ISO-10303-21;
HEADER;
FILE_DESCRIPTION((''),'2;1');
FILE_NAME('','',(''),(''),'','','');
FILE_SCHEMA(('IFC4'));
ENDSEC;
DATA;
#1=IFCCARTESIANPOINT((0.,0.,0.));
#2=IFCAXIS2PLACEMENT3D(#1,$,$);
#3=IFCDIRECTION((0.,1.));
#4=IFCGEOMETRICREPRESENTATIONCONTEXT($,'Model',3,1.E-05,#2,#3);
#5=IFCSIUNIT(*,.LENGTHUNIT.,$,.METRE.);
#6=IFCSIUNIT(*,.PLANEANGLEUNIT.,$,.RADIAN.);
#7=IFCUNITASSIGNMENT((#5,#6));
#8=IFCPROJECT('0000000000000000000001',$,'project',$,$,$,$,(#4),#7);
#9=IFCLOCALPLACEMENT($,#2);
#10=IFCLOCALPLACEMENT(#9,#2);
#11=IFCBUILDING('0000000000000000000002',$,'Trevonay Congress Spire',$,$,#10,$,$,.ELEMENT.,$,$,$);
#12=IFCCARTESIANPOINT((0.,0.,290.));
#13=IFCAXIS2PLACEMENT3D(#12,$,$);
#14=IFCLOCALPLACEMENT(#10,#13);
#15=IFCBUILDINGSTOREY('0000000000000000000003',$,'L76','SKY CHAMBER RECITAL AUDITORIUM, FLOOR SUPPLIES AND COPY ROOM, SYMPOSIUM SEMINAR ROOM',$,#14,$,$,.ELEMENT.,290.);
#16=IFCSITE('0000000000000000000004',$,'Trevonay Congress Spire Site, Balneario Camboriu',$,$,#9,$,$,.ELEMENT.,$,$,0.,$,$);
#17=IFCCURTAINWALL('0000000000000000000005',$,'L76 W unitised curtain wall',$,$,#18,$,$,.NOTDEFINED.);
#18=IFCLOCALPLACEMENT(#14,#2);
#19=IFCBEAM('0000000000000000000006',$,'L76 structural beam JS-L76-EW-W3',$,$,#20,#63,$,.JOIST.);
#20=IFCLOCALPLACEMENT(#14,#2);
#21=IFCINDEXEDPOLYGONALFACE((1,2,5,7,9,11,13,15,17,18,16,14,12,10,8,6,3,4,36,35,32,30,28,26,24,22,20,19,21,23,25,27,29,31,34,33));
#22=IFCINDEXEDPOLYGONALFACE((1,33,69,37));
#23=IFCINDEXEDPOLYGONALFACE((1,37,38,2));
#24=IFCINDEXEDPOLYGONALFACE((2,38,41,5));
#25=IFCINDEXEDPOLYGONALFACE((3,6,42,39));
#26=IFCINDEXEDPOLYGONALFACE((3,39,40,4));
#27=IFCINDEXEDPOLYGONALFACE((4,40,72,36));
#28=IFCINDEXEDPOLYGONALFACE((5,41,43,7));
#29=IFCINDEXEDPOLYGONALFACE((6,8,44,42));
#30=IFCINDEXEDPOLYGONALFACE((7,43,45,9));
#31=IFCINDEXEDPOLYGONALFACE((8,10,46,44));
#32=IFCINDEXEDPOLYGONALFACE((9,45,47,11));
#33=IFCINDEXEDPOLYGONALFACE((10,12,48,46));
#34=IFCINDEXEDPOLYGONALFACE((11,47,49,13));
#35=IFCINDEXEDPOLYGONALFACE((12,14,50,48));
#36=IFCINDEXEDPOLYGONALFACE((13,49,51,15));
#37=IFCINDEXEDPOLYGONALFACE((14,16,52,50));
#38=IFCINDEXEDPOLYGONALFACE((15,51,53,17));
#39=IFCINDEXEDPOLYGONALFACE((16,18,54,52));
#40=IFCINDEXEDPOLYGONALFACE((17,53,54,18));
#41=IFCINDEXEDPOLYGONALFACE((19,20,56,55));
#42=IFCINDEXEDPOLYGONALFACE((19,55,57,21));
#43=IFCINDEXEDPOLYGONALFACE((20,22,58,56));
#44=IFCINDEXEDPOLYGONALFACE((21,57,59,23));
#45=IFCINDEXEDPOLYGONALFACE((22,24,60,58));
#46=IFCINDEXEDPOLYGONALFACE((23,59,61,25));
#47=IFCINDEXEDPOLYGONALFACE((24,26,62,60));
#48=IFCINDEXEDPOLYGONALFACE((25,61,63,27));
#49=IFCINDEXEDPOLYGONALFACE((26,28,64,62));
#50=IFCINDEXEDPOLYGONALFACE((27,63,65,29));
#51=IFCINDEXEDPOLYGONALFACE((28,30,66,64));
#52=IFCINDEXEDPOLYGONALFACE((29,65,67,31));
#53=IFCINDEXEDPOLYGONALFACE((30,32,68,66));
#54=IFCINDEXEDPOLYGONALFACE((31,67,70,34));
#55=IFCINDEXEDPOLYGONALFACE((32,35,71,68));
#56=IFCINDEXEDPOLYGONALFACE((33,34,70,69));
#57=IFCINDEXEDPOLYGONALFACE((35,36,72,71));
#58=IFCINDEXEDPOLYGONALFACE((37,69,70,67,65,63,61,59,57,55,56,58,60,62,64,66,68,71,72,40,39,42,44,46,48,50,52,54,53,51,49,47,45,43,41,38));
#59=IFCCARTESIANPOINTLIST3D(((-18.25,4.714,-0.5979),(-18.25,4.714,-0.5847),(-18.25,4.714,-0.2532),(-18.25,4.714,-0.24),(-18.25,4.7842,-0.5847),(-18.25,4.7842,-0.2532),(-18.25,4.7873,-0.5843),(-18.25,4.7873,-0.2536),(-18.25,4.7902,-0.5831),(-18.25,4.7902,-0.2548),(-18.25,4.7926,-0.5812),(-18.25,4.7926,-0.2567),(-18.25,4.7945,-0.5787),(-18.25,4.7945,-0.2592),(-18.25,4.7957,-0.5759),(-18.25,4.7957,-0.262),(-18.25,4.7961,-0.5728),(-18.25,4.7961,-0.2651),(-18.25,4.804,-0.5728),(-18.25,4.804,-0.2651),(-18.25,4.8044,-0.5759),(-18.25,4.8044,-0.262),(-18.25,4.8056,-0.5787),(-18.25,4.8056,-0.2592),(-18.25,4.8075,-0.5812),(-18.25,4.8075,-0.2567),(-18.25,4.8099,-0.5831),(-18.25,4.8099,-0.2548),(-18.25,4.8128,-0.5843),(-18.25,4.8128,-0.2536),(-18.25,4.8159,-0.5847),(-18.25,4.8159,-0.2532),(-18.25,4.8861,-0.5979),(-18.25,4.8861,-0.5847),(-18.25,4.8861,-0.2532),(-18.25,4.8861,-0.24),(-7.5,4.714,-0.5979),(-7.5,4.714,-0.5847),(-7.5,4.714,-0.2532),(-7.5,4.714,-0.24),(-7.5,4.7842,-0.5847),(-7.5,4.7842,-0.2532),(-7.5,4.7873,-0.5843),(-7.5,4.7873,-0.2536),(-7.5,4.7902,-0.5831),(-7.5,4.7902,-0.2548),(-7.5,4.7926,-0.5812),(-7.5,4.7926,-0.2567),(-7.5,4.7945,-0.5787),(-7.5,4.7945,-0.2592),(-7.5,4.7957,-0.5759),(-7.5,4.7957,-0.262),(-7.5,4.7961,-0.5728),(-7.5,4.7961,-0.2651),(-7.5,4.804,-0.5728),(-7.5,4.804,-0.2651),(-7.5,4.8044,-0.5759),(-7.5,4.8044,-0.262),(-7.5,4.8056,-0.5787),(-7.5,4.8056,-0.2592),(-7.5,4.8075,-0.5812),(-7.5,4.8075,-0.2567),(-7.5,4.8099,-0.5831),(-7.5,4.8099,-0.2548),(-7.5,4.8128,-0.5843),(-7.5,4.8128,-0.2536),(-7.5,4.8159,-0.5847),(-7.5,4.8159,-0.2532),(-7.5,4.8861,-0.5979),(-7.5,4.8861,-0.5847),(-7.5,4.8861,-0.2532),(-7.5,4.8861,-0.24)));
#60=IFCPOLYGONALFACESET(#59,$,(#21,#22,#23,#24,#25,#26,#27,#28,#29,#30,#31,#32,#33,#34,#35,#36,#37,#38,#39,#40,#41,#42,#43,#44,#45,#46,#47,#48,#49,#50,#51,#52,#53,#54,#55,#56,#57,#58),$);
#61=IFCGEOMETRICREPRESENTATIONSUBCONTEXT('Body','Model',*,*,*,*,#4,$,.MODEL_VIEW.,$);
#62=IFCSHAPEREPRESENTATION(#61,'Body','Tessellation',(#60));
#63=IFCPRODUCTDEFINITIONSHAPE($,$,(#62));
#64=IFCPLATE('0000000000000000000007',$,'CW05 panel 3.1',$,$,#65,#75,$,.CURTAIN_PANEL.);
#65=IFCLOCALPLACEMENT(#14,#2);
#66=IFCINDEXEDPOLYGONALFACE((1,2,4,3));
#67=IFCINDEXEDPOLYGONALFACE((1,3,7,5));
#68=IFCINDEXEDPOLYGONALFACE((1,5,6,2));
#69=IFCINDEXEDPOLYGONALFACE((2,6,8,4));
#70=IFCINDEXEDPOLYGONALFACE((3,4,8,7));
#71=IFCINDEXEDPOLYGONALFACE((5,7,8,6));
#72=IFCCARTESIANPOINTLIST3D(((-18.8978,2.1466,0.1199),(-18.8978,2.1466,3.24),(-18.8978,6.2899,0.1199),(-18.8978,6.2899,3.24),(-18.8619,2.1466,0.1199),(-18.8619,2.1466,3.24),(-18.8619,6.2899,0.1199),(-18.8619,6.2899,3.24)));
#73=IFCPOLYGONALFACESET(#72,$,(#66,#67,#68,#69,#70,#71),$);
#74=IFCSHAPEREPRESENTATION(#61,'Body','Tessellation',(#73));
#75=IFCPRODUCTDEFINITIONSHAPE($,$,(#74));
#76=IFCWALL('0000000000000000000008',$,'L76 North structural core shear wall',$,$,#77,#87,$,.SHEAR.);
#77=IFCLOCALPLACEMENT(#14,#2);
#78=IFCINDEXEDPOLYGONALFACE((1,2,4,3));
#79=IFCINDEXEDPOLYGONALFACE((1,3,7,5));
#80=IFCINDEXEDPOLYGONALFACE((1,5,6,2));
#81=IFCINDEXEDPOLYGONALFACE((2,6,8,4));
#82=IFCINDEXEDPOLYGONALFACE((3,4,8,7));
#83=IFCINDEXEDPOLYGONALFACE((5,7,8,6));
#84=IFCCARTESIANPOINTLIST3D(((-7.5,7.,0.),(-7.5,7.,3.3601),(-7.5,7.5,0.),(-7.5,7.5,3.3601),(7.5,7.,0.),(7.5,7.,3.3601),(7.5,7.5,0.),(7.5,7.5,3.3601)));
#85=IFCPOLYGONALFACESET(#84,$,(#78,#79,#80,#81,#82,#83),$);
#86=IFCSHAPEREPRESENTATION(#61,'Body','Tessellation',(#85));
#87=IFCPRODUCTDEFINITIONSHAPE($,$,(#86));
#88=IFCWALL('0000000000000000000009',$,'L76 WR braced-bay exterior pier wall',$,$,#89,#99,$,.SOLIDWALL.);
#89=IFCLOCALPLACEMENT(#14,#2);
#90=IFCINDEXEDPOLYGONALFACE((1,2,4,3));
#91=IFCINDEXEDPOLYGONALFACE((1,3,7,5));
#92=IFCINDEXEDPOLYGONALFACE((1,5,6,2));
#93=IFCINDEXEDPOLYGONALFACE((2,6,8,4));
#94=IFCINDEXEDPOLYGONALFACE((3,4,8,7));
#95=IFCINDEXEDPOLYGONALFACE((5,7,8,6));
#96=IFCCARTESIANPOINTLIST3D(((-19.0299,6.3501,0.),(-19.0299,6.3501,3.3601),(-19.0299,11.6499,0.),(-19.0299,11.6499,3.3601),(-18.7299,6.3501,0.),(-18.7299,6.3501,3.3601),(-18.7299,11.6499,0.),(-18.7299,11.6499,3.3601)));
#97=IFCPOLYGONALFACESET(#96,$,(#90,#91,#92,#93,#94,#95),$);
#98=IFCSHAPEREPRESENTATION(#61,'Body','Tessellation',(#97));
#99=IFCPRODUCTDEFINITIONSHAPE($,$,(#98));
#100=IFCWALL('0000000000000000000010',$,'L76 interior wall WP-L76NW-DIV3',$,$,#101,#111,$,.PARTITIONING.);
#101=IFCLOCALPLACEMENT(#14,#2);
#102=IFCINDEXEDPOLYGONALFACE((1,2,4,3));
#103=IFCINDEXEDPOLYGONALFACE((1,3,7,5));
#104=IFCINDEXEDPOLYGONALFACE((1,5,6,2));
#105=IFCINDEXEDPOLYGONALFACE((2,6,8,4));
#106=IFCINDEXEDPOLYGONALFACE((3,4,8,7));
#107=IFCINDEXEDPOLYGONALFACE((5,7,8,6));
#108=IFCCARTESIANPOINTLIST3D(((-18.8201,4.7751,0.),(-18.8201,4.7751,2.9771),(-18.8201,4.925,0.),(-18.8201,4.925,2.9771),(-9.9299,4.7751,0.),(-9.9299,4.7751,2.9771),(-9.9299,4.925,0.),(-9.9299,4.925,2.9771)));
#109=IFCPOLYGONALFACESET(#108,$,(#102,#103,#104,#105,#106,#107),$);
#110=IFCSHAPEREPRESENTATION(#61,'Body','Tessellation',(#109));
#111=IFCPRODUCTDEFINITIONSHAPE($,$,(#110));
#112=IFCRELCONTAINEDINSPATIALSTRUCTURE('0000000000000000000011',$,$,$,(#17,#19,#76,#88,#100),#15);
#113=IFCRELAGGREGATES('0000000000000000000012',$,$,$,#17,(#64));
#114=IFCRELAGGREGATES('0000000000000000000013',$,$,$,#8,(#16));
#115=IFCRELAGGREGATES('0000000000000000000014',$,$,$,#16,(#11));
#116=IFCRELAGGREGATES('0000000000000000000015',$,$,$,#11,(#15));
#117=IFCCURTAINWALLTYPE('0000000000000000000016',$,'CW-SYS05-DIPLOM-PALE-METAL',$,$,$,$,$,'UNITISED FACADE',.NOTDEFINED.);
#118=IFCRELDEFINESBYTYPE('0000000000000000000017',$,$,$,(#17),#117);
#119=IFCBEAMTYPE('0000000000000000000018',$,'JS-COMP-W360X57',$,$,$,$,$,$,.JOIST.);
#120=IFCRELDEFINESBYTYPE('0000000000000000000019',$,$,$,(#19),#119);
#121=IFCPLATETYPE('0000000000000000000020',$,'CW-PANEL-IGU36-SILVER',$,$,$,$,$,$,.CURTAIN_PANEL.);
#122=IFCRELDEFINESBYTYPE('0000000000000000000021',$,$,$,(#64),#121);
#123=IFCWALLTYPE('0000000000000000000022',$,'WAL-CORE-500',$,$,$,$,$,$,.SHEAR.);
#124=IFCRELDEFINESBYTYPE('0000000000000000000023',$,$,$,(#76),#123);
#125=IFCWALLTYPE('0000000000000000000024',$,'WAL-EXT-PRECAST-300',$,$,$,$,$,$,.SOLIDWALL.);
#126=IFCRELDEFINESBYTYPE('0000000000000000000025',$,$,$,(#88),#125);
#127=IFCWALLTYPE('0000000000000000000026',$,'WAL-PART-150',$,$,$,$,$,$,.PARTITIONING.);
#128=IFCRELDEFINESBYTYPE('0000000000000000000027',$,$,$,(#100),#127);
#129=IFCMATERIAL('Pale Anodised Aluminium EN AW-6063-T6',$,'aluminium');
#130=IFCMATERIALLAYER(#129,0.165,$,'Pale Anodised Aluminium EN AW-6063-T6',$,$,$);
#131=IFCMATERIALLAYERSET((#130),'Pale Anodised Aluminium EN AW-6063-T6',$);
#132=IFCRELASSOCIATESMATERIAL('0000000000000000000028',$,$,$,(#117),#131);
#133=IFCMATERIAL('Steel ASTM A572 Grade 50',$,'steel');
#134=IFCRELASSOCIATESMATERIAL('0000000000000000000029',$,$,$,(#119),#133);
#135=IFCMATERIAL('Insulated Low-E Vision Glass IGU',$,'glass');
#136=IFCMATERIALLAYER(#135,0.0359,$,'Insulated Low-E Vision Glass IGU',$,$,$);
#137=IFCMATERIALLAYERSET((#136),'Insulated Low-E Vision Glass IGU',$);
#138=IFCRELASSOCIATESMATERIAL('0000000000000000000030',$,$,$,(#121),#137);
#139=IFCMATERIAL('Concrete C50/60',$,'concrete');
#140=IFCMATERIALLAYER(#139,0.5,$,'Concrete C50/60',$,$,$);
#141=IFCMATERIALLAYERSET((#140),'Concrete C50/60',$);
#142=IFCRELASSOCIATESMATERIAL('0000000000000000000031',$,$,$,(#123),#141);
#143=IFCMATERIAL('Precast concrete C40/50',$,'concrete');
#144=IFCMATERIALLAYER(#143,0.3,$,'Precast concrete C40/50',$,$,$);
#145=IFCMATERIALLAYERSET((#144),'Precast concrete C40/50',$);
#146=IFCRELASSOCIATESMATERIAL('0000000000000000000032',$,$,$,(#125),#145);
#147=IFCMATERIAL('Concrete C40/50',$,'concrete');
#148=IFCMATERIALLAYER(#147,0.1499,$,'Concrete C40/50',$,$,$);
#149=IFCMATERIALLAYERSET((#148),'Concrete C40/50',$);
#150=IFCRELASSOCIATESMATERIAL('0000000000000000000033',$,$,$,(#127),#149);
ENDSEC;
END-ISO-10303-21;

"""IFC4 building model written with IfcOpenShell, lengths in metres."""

from ifc_helpers import new_model, si_unit, direction, frame, frame_2d, origin, origin_2d, place, context, subcontext, project, spatial, rectangle, i_section, extrude, material, layer, layer_set, material_profile, profile_set, type_object, element, aggregate, save


model = new_model("IFC4")

# Units and contexts
model_context = context("Model", 3, precision=1e-05, world=origin(), true_north=direction((0.0, 1.0)))
body_context = subcontext(model_context, "Body", "Model", "MODEL_VIEW")
ifc_project = project(units=[si_unit("LENGTHUNIT", "METRE"), si_unit("PLANEANGLEUNIT", "RADIAN")], contexts=[model_context])

# Site, building, storey
site_placement = place(None, origin())
site = spatial("IfcSite", under=ifc_project, at=site_placement, Name="Trevonay Congress Spire Site, Balneario Camboriu", CompositionType="ELEMENT", RefElevation=0.0)
building_placement = place(site_placement, origin())
building = spatial("IfcBuilding", under=site, at=building_placement, Name="Trevonay Congress Spire", CompositionType="ELEMENT")
storey_placement = place(building_placement, frame((0.0, 0.0, 290.0)))
storey = spatial("IfcBuildingStorey", under=building, at=storey_placement, Name="L76", Description="SKY CHAMBER RECITAL AUDITORIUM, FLOOR SUPPLIES AND COPY ROOM, SYMPOSIUM SEMINAR ROOM", CompositionType="ELEMENT", Elevation=290.0)

# Shared definitions
ifc_material_1 = material(Name="Steel ASTM A572 Grade 50", Category="steel")

# Curtain wall
ifc_material_2 = material(Name="Pale Anodised Aluminium EN AW-6063-T6", Category="aluminium")
ifc_layer_1 = layer(ifc_material_2, 0.165, Name="Pale Anodised Aluminium EN AW-6063-T6")
ifc_layer_set_1 = layer_set([ifc_layer_1], Name="Pale Anodised Aluminium EN AW-6063-T6")
curtain_wall_type = type_object("IfcCurtainWallType", Name="CW-SYS05-DIPLOM-PALE-METAL", ElementType="UNITISED FACADE", PredefinedType="NOTDEFINED", material=ifc_layer_set_1)
curtain_wall_placement = place(storey_placement, origin())
curtain_wall = element("IfcCurtainWall", 1, at=curtain_wall_placement, inside=storey, type_object=curtain_wall_type, Name="L76 W unitised curtain wall", PredefinedType="NOTDEFINED")

# Beam
ifc_material_profile_1 = material_profile(ifc_material_1, i_section(OverallWidth=0.1721, OverallDepth=0.3579, WebThickness=0.0078, FlangeThickness=0.0132, FilletRadius=0.012, at=origin_2d()), Name="W360x57.8")
ifc_profile_set_1 = profile_set([ifc_material_profile_1], Name="Steel ASTM A572 Grade 50")
beam_type_1 = type_object("IfcBeamType", Name="JS-COMP-W360X57", PredefinedType="JOIST", material=ifc_profile_set_1)
beam_1_placement = place(storey_placement, frame((-18.25, 4.8, -0.4189), z_axis=(1.0, 0.0, 0.0), x_axis=(0.0, 1.0, 0.0)))
element("IfcBeam", 2, at=beam_1_placement, inside=storey, type_object=beam_type_1, Name="L76 structural beam JS-L76-EW-W3", PredefinedType="JOIST", context=body_context, shape_type="SweptSolid", body=[
    extrude(i_section(OverallWidth=0.1721, OverallDepth=0.3579, WebThickness=0.0078, FlangeThickness=0.0132, FilletRadius=0.012, at=origin_2d()), origin(), (0.0, 0.0, 1.0), 10.75),
])

# Plate
ifc_material_3 = material(Name="Insulated Low-E Vision Glass IGU", Category="glass")
ifc_layer_2 = layer(ifc_material_3, 0.0359, Name="Insulated Low-E Vision Glass IGU")
ifc_layer_set_2 = layer_set([ifc_layer_2], Name="Insulated Low-E Vision Glass IGU")
plate_type = type_object("IfcPlateType", Name="CW-PANEL-IGU36-SILVER", PredefinedType="CURTAIN_PANEL", material=ifc_layer_set_2)
plate_placement = place(storey_placement, frame((-18.8799, 4.2183, 0.1199), z_axis=(0.0, 0.0, 1.0), x_axis=(0.0, 1.0, 0.0)))
plate = element("IfcPlate", 3, at=plate_placement, type_object=plate_type, Name="CW05 panel 3.1", PredefinedType="CURTAIN_PANEL", context=body_context, shape_type="SweptSolid", body=[
    extrude(rectangle(XDim=4.1433, YDim=0.0359, at=origin_2d()), origin(), (0.0, 0.0, 1.0), 3.1201),
])
aggregate(curtain_wall, [plate])

# Walls
ifc_material_4 = material(Name="Concrete C50/60", Category="concrete")
ifc_layer_3 = layer(ifc_material_4, 0.5, Name="Concrete C50/60")
ifc_layer_set_3 = layer_set([ifc_layer_3], Name="Concrete C50/60")
wall_type_1 = type_object("IfcWallType", Name="WAL-CORE-500", PredefinedType="SHEAR", material=ifc_layer_set_3)
wall_1_placement = place(storey_placement, frame((-7.5, 7.25, 0.0), z_axis=(0.0, 0.0, 1.0), x_axis=(1.0, 0.0, 0.0)))
element("IfcWall", 4, at=wall_1_placement, inside=storey, type_object=wall_type_1, Name="L76 North structural core shear wall", PredefinedType="SHEAR", context=body_context, shape_type="SweptSolid", body=[
    extrude(rectangle(XDim=15.0, YDim=0.5, at=frame_2d((7.5, 0.0))), origin(), (0.0, 0.0, 1.0), 3.3601),
])
ifc_material_5 = material(Name="Precast concrete C40/50", Category="concrete")
ifc_layer_4 = layer(ifc_material_5, 0.3, Name="Precast concrete C40/50")
ifc_layer_set_4 = layer_set([ifc_layer_4], Name="Precast concrete C40/50")
wall_type_2 = type_object("IfcWallType", Name="WAL-EXT-PRECAST-300", PredefinedType="SOLIDWALL", material=ifc_layer_set_4)
wall_2_placement = place(storey_placement, frame((-18.8799, 6.3501, 0.0), z_axis=(0.0, 0.0, 1.0), x_axis=(0.0, 1.0, 0.0)))
element("IfcWall", 5, at=wall_2_placement, inside=storey, type_object=wall_type_2, Name="L76 WR braced-bay exterior pier wall", PredefinedType="SOLIDWALL", context=body_context, shape_type="SweptSolid", body=[
    extrude(rectangle(XDim=5.2998, YDim=0.3, at=frame_2d((2.6499, 0.0))), origin(), (0.0, 0.0, 1.0), 3.3601),
])
ifc_material_6 = material(Name="Concrete C40/50", Category="concrete")
ifc_layer_5 = layer(ifc_material_6, 0.1499, Name="Concrete C40/50")
ifc_layer_set_5 = layer_set([ifc_layer_5], Name="Concrete C40/50")
wall_type_3 = type_object("IfcWallType", Name="WAL-PART-150", PredefinedType="PARTITIONING", material=ifc_layer_set_5)
wall_3_placement = place(storey_placement, frame((-18.8201, 4.8501, 0.0), z_axis=(0.0, 0.0, 1.0), x_axis=(1.0, 0.0, 0.0)))
element("IfcWall", 6, at=wall_3_placement, inside=storey, type_object=wall_type_3, Name="L76 interior wall WP-L76NW-DIV3", PredefinedType="PARTITIONING", context=body_context, shape_type="SweptSolid", body=[
    extrude(rectangle(XDim=8.8901, YDim=0.1499, at=frame_2d((4.4451, 0.0))), origin(), (0.0, 0.0, 1.0), 2.9771),
])

save(model, "model.ifc")
